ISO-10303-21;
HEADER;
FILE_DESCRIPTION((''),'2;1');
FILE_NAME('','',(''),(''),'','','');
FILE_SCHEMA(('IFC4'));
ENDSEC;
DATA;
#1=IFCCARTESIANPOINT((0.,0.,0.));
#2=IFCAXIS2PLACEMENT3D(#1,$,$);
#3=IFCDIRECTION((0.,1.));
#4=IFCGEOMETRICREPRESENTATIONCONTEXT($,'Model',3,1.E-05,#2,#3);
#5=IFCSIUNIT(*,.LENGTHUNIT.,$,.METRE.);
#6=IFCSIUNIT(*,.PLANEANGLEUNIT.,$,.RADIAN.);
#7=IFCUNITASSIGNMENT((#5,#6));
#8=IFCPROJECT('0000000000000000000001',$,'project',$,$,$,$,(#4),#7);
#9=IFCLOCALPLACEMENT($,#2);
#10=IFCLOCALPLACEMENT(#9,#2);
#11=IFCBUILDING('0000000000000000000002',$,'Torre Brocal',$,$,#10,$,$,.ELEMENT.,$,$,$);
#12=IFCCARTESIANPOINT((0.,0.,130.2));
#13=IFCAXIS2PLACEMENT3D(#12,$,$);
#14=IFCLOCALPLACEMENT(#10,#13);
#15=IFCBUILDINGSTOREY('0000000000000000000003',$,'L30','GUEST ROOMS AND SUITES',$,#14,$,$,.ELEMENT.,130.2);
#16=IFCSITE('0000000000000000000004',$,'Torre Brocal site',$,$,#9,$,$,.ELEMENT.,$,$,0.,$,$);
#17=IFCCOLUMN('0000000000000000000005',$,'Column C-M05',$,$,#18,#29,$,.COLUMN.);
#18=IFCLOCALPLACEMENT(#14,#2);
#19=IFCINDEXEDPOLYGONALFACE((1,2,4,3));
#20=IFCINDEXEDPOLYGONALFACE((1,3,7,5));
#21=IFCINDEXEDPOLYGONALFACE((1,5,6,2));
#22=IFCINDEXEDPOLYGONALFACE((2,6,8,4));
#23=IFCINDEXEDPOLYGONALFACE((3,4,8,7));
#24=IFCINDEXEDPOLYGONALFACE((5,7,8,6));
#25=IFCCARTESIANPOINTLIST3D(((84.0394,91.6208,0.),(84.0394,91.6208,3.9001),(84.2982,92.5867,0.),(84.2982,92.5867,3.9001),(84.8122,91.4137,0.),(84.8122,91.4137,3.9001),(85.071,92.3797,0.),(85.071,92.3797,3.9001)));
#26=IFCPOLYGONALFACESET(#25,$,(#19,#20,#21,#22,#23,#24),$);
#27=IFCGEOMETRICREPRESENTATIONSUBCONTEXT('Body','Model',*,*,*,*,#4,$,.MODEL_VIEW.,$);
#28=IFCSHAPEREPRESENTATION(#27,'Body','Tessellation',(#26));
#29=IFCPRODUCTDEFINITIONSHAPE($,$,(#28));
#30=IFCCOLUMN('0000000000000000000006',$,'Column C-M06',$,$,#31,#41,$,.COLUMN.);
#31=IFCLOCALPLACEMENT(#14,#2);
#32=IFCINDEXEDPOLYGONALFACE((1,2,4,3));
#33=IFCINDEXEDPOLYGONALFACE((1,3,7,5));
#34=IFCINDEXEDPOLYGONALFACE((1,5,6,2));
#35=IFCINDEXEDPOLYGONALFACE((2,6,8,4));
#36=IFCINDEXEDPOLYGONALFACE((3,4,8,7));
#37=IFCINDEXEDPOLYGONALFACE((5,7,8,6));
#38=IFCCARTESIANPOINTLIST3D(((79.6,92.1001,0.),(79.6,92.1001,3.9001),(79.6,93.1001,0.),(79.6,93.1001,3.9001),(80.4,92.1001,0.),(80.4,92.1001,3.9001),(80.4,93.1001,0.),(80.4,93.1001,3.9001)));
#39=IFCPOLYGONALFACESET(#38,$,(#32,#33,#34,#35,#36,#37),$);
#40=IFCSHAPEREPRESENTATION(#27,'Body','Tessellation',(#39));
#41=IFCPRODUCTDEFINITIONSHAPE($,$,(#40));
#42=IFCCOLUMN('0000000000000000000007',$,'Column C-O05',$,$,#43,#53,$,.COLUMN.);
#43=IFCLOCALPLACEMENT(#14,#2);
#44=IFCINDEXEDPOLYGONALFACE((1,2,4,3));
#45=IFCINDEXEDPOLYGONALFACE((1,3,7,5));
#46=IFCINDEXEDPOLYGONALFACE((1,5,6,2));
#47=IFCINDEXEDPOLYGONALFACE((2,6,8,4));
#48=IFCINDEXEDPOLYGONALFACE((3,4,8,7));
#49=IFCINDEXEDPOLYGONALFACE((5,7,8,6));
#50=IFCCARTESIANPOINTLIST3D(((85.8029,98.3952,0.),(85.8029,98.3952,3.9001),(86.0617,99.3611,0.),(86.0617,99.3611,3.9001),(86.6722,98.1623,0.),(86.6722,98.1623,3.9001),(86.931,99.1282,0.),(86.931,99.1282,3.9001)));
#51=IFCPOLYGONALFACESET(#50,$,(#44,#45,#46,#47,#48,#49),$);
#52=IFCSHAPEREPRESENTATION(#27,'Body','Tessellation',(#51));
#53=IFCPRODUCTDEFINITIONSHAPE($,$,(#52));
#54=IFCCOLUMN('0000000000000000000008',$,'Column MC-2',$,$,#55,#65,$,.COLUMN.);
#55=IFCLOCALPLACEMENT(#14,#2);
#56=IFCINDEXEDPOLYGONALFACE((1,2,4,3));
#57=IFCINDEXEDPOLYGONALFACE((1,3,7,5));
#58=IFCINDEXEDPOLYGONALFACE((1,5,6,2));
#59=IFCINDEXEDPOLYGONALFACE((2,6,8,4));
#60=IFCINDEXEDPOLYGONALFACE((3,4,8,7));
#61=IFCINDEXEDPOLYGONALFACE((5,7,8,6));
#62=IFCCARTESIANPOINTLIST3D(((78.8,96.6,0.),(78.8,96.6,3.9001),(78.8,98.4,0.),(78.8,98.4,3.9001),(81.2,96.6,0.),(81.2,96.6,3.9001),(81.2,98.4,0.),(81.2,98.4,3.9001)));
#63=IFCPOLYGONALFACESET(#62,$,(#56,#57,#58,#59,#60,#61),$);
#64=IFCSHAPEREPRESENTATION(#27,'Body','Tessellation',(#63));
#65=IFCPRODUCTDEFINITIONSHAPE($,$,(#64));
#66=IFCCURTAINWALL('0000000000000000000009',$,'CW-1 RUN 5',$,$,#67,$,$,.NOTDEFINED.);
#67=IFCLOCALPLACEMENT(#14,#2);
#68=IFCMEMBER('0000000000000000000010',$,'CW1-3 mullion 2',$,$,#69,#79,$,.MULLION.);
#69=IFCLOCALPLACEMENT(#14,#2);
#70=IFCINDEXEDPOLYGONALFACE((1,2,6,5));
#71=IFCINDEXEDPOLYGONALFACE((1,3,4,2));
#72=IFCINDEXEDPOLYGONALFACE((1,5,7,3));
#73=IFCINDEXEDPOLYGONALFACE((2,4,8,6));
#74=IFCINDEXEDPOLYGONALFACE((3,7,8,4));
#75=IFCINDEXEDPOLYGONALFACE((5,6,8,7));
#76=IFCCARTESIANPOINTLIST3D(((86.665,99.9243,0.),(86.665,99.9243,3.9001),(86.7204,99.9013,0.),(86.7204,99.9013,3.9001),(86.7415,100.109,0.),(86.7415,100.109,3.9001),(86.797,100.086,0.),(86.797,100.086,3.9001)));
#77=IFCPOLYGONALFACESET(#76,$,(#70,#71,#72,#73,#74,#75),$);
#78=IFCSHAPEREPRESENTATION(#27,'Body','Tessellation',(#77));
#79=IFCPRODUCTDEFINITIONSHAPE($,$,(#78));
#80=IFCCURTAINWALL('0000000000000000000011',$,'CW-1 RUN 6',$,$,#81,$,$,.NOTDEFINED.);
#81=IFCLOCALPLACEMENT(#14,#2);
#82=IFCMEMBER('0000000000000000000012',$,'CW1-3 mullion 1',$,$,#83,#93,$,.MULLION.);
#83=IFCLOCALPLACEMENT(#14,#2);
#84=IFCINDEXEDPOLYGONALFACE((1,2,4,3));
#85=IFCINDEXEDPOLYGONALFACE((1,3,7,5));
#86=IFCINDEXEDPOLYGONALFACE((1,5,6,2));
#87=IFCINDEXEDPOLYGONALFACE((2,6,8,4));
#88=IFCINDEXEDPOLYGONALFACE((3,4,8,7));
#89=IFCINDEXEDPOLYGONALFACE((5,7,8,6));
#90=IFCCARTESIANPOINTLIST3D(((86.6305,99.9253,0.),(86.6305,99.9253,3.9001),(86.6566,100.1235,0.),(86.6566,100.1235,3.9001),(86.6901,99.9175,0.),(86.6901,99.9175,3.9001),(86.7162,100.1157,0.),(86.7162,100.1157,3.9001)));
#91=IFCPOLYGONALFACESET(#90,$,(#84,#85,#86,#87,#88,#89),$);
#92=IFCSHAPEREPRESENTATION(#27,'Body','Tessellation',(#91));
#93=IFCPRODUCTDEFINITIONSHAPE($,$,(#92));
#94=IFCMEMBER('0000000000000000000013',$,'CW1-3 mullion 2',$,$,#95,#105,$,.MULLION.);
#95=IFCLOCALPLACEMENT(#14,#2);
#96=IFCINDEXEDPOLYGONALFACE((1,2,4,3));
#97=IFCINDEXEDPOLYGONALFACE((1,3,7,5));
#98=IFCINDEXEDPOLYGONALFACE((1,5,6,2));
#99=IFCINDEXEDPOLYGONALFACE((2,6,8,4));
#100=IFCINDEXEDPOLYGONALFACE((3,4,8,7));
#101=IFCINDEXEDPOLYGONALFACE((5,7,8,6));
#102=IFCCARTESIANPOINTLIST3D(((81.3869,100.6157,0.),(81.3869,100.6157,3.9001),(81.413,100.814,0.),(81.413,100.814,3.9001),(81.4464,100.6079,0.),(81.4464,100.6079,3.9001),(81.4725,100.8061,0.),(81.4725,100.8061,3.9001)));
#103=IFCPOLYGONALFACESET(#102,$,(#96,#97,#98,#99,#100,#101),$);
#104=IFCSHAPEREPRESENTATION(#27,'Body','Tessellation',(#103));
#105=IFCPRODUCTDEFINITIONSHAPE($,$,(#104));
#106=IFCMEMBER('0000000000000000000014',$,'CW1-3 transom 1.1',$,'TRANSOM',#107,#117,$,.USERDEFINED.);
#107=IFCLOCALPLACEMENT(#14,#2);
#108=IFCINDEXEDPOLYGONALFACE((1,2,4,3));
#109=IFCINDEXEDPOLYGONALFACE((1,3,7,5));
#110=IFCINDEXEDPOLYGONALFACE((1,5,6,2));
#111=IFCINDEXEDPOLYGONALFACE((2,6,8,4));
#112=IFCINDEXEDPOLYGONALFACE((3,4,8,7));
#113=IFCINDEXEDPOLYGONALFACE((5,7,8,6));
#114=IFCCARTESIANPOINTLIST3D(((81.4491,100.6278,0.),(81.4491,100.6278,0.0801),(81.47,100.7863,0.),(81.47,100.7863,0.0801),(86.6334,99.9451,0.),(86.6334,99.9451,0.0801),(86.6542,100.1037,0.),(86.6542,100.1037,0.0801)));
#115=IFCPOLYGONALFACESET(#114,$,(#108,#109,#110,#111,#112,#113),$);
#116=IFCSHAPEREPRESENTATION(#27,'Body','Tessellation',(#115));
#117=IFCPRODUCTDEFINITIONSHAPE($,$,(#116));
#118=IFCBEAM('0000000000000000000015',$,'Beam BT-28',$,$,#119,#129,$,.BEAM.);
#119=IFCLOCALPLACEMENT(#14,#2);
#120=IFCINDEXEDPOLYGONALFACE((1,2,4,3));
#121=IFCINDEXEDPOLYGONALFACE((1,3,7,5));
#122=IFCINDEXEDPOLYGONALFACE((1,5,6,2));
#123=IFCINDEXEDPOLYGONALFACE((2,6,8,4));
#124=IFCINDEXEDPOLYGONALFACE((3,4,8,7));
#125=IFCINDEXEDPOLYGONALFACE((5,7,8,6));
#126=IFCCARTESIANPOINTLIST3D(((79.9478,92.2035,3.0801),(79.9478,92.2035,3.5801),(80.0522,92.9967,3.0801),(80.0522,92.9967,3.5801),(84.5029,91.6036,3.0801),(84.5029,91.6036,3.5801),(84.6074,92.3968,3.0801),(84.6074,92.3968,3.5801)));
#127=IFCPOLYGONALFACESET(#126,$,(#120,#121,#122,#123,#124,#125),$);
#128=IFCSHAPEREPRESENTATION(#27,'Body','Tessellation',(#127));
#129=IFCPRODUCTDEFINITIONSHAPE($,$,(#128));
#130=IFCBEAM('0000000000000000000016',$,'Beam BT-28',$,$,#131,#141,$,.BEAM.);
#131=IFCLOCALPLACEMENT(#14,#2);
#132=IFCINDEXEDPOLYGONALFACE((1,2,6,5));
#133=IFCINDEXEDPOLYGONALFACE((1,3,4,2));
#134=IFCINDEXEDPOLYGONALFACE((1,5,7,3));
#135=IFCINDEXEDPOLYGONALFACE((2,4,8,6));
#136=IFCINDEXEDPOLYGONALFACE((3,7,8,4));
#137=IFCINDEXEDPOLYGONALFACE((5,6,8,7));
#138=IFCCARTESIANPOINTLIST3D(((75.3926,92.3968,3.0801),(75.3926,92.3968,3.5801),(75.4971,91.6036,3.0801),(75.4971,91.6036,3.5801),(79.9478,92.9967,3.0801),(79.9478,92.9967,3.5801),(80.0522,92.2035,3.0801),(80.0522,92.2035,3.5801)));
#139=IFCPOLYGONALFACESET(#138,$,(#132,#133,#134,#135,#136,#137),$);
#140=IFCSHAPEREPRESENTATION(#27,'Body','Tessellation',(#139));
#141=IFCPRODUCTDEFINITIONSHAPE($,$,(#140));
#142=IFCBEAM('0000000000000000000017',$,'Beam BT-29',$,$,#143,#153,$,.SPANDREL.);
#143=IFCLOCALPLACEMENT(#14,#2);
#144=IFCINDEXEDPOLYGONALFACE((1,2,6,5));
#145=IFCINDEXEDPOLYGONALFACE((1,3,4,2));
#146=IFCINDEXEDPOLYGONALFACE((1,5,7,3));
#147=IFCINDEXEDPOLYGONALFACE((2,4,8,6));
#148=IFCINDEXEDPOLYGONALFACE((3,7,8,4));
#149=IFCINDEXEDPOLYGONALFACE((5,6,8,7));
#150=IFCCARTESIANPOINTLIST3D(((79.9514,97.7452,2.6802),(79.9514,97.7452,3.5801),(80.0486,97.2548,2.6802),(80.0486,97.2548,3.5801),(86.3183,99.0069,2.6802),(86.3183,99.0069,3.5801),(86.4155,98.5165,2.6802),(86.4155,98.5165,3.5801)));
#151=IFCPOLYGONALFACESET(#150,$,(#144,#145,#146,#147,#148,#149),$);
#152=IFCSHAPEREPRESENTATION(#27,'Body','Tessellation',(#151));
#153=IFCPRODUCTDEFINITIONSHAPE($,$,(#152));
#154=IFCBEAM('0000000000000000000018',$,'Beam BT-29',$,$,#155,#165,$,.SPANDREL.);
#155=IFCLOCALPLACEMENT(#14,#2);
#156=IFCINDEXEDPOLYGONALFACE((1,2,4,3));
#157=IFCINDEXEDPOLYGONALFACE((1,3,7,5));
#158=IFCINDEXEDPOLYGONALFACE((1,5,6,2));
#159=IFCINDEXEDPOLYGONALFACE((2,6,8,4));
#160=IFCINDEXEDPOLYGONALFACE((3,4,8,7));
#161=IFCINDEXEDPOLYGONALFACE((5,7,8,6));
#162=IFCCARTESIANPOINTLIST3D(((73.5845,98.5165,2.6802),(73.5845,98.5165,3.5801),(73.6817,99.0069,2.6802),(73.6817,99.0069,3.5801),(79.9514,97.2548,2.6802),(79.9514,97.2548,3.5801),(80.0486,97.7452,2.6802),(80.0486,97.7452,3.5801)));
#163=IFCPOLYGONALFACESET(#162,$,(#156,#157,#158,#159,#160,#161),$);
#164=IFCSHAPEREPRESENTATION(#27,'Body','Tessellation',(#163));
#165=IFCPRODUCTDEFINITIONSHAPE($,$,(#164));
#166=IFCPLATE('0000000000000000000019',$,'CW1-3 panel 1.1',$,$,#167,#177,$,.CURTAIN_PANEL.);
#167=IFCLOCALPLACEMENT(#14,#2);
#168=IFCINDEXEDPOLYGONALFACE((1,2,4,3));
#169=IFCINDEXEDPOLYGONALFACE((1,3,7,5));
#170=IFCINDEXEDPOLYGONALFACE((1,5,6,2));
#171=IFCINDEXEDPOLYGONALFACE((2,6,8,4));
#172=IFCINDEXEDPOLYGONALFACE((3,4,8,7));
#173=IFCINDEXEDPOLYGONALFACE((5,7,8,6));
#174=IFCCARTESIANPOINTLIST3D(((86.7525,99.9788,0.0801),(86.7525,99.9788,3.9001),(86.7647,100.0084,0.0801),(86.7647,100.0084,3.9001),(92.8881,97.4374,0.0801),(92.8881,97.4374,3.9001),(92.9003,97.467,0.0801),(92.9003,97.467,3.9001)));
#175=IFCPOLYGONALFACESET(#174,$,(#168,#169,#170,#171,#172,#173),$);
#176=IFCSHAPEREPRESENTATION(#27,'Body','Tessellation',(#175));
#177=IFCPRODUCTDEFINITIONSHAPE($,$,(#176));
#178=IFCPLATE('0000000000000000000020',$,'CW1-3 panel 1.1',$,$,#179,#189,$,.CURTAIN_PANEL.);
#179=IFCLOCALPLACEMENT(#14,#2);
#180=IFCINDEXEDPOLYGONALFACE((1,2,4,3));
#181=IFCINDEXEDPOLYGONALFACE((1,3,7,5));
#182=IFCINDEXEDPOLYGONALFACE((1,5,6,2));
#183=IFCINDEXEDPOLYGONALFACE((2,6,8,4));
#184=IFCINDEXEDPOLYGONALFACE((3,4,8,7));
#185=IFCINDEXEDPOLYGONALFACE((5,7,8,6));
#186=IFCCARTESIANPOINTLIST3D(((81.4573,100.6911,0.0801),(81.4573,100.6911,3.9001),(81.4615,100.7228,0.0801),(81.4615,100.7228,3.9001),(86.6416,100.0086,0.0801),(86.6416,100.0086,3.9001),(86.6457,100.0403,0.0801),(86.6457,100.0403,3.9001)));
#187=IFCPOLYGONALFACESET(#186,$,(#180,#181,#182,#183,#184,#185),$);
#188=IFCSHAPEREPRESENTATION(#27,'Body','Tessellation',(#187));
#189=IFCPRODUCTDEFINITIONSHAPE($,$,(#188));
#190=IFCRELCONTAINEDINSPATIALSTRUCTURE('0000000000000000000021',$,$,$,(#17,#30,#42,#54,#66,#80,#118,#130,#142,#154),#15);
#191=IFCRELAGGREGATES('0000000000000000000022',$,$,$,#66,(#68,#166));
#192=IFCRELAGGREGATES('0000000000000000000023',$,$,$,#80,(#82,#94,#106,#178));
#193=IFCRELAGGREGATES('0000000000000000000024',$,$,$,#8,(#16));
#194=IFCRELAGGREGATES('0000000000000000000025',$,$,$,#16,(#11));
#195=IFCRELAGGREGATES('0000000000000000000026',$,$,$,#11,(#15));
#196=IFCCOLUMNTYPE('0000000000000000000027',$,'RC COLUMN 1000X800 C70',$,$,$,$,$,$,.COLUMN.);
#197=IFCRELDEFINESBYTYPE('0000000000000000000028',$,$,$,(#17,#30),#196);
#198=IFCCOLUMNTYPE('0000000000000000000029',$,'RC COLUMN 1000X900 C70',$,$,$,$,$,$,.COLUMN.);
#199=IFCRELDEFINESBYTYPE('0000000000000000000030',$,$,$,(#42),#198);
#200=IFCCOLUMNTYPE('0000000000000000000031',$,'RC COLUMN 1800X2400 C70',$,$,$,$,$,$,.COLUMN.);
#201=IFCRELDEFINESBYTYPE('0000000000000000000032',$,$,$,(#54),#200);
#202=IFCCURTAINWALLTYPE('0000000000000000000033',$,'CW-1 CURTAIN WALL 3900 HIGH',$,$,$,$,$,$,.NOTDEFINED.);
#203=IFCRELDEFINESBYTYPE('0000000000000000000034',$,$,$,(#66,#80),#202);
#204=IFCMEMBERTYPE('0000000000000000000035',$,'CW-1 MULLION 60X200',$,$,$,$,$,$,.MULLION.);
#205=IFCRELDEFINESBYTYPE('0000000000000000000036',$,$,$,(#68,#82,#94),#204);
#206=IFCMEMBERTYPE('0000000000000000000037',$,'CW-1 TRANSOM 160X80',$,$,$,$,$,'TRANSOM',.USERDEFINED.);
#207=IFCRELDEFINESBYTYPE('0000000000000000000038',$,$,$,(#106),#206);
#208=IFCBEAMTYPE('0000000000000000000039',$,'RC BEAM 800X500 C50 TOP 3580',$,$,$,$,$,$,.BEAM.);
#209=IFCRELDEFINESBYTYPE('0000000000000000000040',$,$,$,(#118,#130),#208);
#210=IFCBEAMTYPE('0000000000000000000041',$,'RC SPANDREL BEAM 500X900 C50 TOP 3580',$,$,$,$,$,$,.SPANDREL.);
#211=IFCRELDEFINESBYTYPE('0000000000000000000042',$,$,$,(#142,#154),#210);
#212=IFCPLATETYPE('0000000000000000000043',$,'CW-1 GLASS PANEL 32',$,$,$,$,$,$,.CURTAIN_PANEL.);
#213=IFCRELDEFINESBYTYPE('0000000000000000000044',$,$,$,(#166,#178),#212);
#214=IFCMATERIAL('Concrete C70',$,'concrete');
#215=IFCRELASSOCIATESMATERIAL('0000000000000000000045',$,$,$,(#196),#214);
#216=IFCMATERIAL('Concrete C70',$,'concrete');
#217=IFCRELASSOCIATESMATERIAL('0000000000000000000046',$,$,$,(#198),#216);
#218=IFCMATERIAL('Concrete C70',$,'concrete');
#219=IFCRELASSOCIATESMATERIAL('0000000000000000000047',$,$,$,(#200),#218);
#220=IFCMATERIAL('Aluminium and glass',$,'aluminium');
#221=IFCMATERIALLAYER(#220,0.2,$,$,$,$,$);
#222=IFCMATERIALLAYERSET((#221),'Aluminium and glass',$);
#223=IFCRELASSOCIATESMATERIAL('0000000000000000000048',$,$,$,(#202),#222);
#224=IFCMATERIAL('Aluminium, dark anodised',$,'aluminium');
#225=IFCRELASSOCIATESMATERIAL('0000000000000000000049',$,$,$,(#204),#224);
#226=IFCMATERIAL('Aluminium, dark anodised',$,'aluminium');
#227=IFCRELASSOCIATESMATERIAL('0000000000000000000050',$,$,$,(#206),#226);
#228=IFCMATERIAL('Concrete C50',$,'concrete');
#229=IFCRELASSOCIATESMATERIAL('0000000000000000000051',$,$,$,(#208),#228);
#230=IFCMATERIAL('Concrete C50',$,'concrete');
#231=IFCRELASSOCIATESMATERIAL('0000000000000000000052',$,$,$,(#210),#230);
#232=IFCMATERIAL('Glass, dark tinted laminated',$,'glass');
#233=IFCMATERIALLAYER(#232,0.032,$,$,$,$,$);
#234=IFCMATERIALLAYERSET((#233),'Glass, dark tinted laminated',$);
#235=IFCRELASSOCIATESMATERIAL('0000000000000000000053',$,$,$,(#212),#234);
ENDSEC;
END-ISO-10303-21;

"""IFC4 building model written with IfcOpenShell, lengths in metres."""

from ifc_helpers import new_model, si_unit, direction, frame, origin, origin_2d, place, context, subcontext, project, spatial, rectangle, extrude, material, layer, layer_set, material_profile, profile_set, type_object, element, aggregate, save


model = new_model("IFC4")

# Units and contexts
model_context = context("Model", 3, precision=1e-05, world=origin(), true_north=direction((0.0, 1.0)))
body_context = subcontext(model_context, "Body", "Model", "MODEL_VIEW")
ifc_project = project(units=[si_unit("LENGTHUNIT", "METRE"), si_unit("PLANEANGLEUNIT", "RADIAN")], contexts=[model_context])

# Site, building, storey
site_placement = place(None, origin())
site = spatial("IfcSite", under=ifc_project, at=site_placement, Name="Torre Brocal site", CompositionType="ELEMENT", RefElevation=0.0)
building_placement = place(site_placement, origin())
building = spatial("IfcBuilding", under=site, at=building_placement, Name="Torre Brocal", CompositionType="ELEMENT")
storey_placement = place(building_placement, frame((0.0, 0.0, 130.2)))
storey = spatial("IfcBuildingStorey", under=building, at=storey_placement, Name="L30", Description="GUEST ROOMS AND SUITES", CompositionType="ELEMENT", Elevation=130.2)

# Columns
ifc_material_1 = material(Name="Concrete C70", Category="concrete")
ifc_material_profile_1 = material_profile(ifc_material_1, rectangle(XDim=1.0, YDim=0.8, at=origin_2d()), Name="RC 1000X800")
ifc_profile_set_1 = profile_set([ifc_material_profile_1], Name="Concrete C70")
column_type_1 = type_object("IfcColumnType", Name="RC COLUMN 1000X800 C70", PredefinedType="COLUMN", material=ifc_profile_set_1)
for number, where, z_axis, x_axis, name in (
    (1, (84.5552, 92.0002, 0.0), (0.0, 0.0, 1.0), (0.258819, 0.965926, 0.0), "Column C-M05"),
    (2, (80.0, 92.6001, 0.0), (0.0, 0.0, 1.0), (0.0, 1.0, 0.0), "Column C-M06"),
):
    element("IfcColumn", number, at=place(storey_placement, frame(where, z_axis=z_axis, x_axis=x_axis)), inside=storey, type_object=column_type_1, Name=name, PredefinedType="COLUMN", context=body_context, shape_type="SweptSolid", body=[
        extrude(rectangle(XDim=1.0, YDim=0.8, at=origin_2d()), origin(), (0.0, 0.0, 1.0), 3.9001),
    ])
ifc_material_2 = material(Name="Concrete C70", Category="concrete")
ifc_material_profile_2 = material_profile(ifc_material_2, rectangle(XDim=1.0, YDim=0.8999, at=origin_2d()), Name="RC 1000X900")
ifc_profile_set_2 = profile_set([ifc_material_profile_2], Name="Concrete C70")
column_type_2 = type_object("IfcColumnType", Name="RC COLUMN 1000X900 C70", PredefinedType="COLUMN", material=ifc_profile_set_2)
column_1_placement = place(storey_placement, frame((86.3669, 98.7617, 0.0), z_axis=(0.0, 0.0, 1.0), x_axis=(0.258819, 0.965926, 0.0)))
element("IfcColumn", 3, at=column_1_placement, inside=storey, type_object=column_type_2, Name="Column C-O05", PredefinedType="COLUMN", context=body_context, shape_type="SweptSolid", body=[
    extrude(rectangle(XDim=1.0, YDim=0.8999, at=origin_2d()), origin(), (0.0, 0.0, 1.0), 3.9001),
])
ifc_material_3 = material(Name="Concrete C70", Category="concrete")
ifc_material_profile_3 = material_profile(ifc_material_3, rectangle(XDim=1.8, YDim=2.3999, at=origin_2d()), Name="RC 1800X2400")
ifc_profile_set_3 = profile_set([ifc_material_profile_3], Name="Concrete C70")
column_type_3 = type_object("IfcColumnType", Name="RC COLUMN 1800X2400 C70", PredefinedType="COLUMN", material=ifc_profile_set_3)
column_2_placement = place(storey_placement, frame((80.0, 97.5, 0.0), z_axis=(0.0, 0.0, 1.0), x_axis=(0.0, 1.0, 0.0)))
element("IfcColumn", 4, at=column_2_placement, inside=storey, type_object=column_type_3, Name="Column MC-2", PredefinedType="COLUMN", context=body_context, shape_type="SweptSolid", body=[
    extrude(rectangle(XDim=1.8, YDim=2.3999, at=origin_2d()), origin(), (0.0, 0.0, 1.0), 3.9001),
])

# Curtain wall, member
ifc_material_4 = material(Name="Aluminium and glass", Category="aluminium")
ifc_layer_1 = layer(ifc_material_4, 0.2)
ifc_layer_set_1 = layer_set([ifc_layer_1], Name="Aluminium and glass")
curtain_wall_type = type_object("IfcCurtainWallType", Name="CW-1 CURTAIN WALL 3900 HIGH", PredefinedType="NOTDEFINED", material=ifc_layer_set_1)
curtain_wall_1_placement = place(storey_placement, origin())
curtain_wall_1 = element("IfcCurtainWall", 5, at=curtain_wall_1_placement, inside=storey, type_object=curtain_wall_type, Name="CW-1 RUN 5", PredefinedType="NOTDEFINED")
ifc_material_5 = material(Name="Aluminium, dark anodised", Category="aluminium")
ifc_material_profile_4 = material_profile(ifc_material_5, rectangle(XDim=0.2, YDim=0.0601, at=origin_2d()), Name="CW-1 MULLION 60X200")
ifc_profile_set_4 = profile_set([ifc_material_profile_4], Name="Aluminium, dark anodised")
member_type_1 = type_object("IfcMemberType", Name="CW-1 MULLION 60X200", PredefinedType="MULLION", material=ifc_profile_set_4)
member_1_placement = place(storey_placement, frame((86.731, 100.0051, 0.0), z_axis=(0.0, 0.0, 1.0), x_axis=(-0.382683, -0.92388, 0.0)))
member_1 = element("IfcMember", 6, at=member_1_placement, type_object=member_type_1, Name="CW1-3 mullion 2", PredefinedType="MULLION", context=body_context, shape_type="SweptSolid", body=[
    extrude(rectangle(XDim=0.2, YDim=0.0601, at=origin_2d()), origin(), (0.0, 0.0, 1.0), 3.9001),
])

# Curtain wall, members
curtain_wall_2_placement = place(storey_placement, origin())
curtain_wall_2 = element("IfcCurtainWall", 7, at=curtain_wall_2_placement, inside=storey, type_object=curtain_wall_type, Name="CW-1 RUN 6", PredefinedType="NOTDEFINED")
member_2_placement = place(storey_placement, frame((86.6733, 100.0205, 0.0), z_axis=(0.0, 0.0, 1.0), x_axis=(-0.130526, -0.991445, 0.0)))
member_2 = element("IfcMember", 8, at=member_2_placement, type_object=member_type_1, Name="CW1-3 mullion 1", PredefinedType="MULLION", context=body_context, shape_type="SweptSolid", body=[
    extrude(rectangle(XDim=0.2, YDim=0.0601, at=origin_2d()), origin(), (0.0, 0.0, 1.0), 3.9001),
])
member_3_placement = place(storey_placement, frame((81.4297, 100.7109, 0.0), z_axis=(0.0, 0.0, 1.0), x_axis=(-0.130526, -0.991445, 0.0)))
member_3 = element("IfcMember", 9, at=member_3_placement, type_object=member_type_1, Name="CW1-3 mullion 2", PredefinedType="MULLION", context=body_context, shape_type="SweptSolid", body=[
    extrude(rectangle(XDim=0.2, YDim=0.0601, at=origin_2d()), origin(), (0.0, 0.0, 1.0), 3.9001),
])
ifc_material_6 = material(Name="Aluminium, dark anodised", Category="aluminium")
ifc_material_profile_5 = material_profile(ifc_material_6, rectangle(XDim=0.1599, YDim=0.0801, at=origin_2d()), Name="CW-1 TRANSOM 160X80")
ifc_profile_set_5 = profile_set([ifc_material_profile_5], Name="Aluminium, dark anodised")
member_type_2 = type_object("IfcMemberType", Name="CW-1 TRANSOM 160X80", ElementType="TRANSOM", PredefinedType="USERDEFINED", material=ifc_profile_set_5)
member_4_placement = place(storey_placement, frame((86.6438, 100.0244, 0.04), z_axis=(-0.991443, 0.130543, 0.0), x_axis=(-0.130543, -0.991443, 0.0)))
member_4 = element("IfcMember", 10, at=member_4_placement, type_object=member_type_2, Name="CW1-3 transom 1.1", ObjectType="TRANSOM", PredefinedType="USERDEFINED", context=body_context, shape_type="SweptSolid", body=[
    extrude(rectangle(XDim=0.1599, YDim=0.0801, at=origin_2d()), origin(), (0.0, 0.0, 1.0), 5.229),
])

# Beams
ifc_material_7 = material(Name="Concrete C50", Category="concrete")
ifc_material_profile_6 = material_profile(ifc_material_7, rectangle(XDim=0.8, YDim=0.5, at=origin_2d()), Name="RC 800X500")
ifc_profile_set_6 = profile_set([ifc_material_profile_6], Name="Concrete C50")
beam_type_1 = type_object("IfcBeamType", Name="RC BEAM 800X500 C50 TOP 3580", PredefinedType="BEAM", material=ifc_profile_set_6)
for number, where, z_axis, x_axis, name in (
    (11, (84.5552, 92.0002, 3.3301), (-0.991441, 0.130559, 0.0), (-0.130559, -0.991441, 0.0), "Beam BT-28"),
    (12, (80.0, 92.6001, 3.3301), (-0.991441, -0.130559, 0.0), (0.130559, -0.991441, 0.0), "Beam BT-28"),
):
    element("IfcBeam", number, at=place(storey_placement, frame(where, z_axis=z_axis, x_axis=x_axis)), inside=storey, type_object=beam_type_1, Name=name, PredefinedType="BEAM", context=body_context, shape_type="SweptSolid", body=[
        extrude(rectangle(XDim=0.8, YDim=0.5, at=origin_2d()), origin(), (0.0, 0.0, 1.0), 4.5945),
    ])
ifc_material_8 = material(Name="Concrete C50", Category="concrete")
ifc_material_profile_7 = material_profile(ifc_material_8, rectangle(XDim=0.5, YDim=0.8999, at=origin_2d()), Name="RC 500X900")
ifc_profile_set_7 = profile_set([ifc_material_profile_7], Name="Concrete C50")
beam_type_2 = type_object("IfcBeamType", Name="RC SPANDREL BEAM 500X900 C50 TOP 3580", PredefinedType="SPANDREL", material=ifc_profile_set_7)
for number, where, z_axis, x_axis, name in (
    (13, (86.3669, 98.7617, 3.1301), (-0.980925, -0.194387, 0.0), (0.194387, -0.980925, 0.0), "Beam BT-29"),
    (14, (80.0, 97.5, 3.1301), (-0.980925, 0.194387, 0.0), (-0.194387, -0.980925, 0.0), "Beam BT-29"),
):
    element("IfcBeam", number, at=place(storey_placement, frame(where, z_axis=z_axis, x_axis=x_axis)), inside=storey, type_object=beam_type_2, Name=name, PredefinedType="SPANDREL", context=body_context, shape_type="SweptSolid", body=[
        extrude(rectangle(XDim=0.5, YDim=0.8999, at=origin_2d()), origin(), (0.0, 0.0, 1.0), 6.4907),
    ])

# Plates
ifc_material_9 = material(Name="Glass, dark tinted laminated", Category="glass")
ifc_layer_2 = layer(ifc_material_9, 0.032)
ifc_layer_set_2 = layer_set([ifc_layer_2], Name="Glass, dark tinted laminated")
plate_type = type_object("IfcPlateType", Name="CW-1 GLASS PANEL 32", PredefinedType="CURTAIN_PANEL", material=ifc_layer_set_2)
plate_1_placement = place(storey_placement, frame((89.8264, 98.7229, 0.0801), z_axis=(0.0, 0.0, 1.0), x_axis=(-0.92388, 0.382683, 0.0)))
plate_1 = element("IfcPlate", 15, at=plate_1_placement, type_object=plate_type, Name="CW1-3 panel 1.1", PredefinedType="CURTAIN_PANEL", context=body_context, shape_type="SweptSolid", body=[
    extrude(rectangle(XDim=6.6411, YDim=0.032, at=origin_2d()), origin(), (0.0, 0.0, 1.0), 3.8201),
])
aggregate(curtain_wall_1, [member_1, plate_1])
plate_2_placement = place(storey_placement, frame((84.0515, 100.3657, 0.0801), z_axis=(0.0, 0.0, 1.0), x_axis=(-0.991445, 0.130526, 0.0)))
plate_2 = element("IfcPlate", 16, at=plate_2_placement, type_object=plate_type, Name="CW1-3 panel 1.1", PredefinedType="CURTAIN_PANEL", context=body_context, shape_type="SweptSolid", body=[
    extrude(rectangle(XDim=5.229, YDim=0.032, at=origin_2d()), origin(), (0.0, 0.0, 1.0), 3.8201),
])
aggregate(curtain_wall_2, [member_2, member_3, member_4, plate_2])

save(model, "model.ifc")
